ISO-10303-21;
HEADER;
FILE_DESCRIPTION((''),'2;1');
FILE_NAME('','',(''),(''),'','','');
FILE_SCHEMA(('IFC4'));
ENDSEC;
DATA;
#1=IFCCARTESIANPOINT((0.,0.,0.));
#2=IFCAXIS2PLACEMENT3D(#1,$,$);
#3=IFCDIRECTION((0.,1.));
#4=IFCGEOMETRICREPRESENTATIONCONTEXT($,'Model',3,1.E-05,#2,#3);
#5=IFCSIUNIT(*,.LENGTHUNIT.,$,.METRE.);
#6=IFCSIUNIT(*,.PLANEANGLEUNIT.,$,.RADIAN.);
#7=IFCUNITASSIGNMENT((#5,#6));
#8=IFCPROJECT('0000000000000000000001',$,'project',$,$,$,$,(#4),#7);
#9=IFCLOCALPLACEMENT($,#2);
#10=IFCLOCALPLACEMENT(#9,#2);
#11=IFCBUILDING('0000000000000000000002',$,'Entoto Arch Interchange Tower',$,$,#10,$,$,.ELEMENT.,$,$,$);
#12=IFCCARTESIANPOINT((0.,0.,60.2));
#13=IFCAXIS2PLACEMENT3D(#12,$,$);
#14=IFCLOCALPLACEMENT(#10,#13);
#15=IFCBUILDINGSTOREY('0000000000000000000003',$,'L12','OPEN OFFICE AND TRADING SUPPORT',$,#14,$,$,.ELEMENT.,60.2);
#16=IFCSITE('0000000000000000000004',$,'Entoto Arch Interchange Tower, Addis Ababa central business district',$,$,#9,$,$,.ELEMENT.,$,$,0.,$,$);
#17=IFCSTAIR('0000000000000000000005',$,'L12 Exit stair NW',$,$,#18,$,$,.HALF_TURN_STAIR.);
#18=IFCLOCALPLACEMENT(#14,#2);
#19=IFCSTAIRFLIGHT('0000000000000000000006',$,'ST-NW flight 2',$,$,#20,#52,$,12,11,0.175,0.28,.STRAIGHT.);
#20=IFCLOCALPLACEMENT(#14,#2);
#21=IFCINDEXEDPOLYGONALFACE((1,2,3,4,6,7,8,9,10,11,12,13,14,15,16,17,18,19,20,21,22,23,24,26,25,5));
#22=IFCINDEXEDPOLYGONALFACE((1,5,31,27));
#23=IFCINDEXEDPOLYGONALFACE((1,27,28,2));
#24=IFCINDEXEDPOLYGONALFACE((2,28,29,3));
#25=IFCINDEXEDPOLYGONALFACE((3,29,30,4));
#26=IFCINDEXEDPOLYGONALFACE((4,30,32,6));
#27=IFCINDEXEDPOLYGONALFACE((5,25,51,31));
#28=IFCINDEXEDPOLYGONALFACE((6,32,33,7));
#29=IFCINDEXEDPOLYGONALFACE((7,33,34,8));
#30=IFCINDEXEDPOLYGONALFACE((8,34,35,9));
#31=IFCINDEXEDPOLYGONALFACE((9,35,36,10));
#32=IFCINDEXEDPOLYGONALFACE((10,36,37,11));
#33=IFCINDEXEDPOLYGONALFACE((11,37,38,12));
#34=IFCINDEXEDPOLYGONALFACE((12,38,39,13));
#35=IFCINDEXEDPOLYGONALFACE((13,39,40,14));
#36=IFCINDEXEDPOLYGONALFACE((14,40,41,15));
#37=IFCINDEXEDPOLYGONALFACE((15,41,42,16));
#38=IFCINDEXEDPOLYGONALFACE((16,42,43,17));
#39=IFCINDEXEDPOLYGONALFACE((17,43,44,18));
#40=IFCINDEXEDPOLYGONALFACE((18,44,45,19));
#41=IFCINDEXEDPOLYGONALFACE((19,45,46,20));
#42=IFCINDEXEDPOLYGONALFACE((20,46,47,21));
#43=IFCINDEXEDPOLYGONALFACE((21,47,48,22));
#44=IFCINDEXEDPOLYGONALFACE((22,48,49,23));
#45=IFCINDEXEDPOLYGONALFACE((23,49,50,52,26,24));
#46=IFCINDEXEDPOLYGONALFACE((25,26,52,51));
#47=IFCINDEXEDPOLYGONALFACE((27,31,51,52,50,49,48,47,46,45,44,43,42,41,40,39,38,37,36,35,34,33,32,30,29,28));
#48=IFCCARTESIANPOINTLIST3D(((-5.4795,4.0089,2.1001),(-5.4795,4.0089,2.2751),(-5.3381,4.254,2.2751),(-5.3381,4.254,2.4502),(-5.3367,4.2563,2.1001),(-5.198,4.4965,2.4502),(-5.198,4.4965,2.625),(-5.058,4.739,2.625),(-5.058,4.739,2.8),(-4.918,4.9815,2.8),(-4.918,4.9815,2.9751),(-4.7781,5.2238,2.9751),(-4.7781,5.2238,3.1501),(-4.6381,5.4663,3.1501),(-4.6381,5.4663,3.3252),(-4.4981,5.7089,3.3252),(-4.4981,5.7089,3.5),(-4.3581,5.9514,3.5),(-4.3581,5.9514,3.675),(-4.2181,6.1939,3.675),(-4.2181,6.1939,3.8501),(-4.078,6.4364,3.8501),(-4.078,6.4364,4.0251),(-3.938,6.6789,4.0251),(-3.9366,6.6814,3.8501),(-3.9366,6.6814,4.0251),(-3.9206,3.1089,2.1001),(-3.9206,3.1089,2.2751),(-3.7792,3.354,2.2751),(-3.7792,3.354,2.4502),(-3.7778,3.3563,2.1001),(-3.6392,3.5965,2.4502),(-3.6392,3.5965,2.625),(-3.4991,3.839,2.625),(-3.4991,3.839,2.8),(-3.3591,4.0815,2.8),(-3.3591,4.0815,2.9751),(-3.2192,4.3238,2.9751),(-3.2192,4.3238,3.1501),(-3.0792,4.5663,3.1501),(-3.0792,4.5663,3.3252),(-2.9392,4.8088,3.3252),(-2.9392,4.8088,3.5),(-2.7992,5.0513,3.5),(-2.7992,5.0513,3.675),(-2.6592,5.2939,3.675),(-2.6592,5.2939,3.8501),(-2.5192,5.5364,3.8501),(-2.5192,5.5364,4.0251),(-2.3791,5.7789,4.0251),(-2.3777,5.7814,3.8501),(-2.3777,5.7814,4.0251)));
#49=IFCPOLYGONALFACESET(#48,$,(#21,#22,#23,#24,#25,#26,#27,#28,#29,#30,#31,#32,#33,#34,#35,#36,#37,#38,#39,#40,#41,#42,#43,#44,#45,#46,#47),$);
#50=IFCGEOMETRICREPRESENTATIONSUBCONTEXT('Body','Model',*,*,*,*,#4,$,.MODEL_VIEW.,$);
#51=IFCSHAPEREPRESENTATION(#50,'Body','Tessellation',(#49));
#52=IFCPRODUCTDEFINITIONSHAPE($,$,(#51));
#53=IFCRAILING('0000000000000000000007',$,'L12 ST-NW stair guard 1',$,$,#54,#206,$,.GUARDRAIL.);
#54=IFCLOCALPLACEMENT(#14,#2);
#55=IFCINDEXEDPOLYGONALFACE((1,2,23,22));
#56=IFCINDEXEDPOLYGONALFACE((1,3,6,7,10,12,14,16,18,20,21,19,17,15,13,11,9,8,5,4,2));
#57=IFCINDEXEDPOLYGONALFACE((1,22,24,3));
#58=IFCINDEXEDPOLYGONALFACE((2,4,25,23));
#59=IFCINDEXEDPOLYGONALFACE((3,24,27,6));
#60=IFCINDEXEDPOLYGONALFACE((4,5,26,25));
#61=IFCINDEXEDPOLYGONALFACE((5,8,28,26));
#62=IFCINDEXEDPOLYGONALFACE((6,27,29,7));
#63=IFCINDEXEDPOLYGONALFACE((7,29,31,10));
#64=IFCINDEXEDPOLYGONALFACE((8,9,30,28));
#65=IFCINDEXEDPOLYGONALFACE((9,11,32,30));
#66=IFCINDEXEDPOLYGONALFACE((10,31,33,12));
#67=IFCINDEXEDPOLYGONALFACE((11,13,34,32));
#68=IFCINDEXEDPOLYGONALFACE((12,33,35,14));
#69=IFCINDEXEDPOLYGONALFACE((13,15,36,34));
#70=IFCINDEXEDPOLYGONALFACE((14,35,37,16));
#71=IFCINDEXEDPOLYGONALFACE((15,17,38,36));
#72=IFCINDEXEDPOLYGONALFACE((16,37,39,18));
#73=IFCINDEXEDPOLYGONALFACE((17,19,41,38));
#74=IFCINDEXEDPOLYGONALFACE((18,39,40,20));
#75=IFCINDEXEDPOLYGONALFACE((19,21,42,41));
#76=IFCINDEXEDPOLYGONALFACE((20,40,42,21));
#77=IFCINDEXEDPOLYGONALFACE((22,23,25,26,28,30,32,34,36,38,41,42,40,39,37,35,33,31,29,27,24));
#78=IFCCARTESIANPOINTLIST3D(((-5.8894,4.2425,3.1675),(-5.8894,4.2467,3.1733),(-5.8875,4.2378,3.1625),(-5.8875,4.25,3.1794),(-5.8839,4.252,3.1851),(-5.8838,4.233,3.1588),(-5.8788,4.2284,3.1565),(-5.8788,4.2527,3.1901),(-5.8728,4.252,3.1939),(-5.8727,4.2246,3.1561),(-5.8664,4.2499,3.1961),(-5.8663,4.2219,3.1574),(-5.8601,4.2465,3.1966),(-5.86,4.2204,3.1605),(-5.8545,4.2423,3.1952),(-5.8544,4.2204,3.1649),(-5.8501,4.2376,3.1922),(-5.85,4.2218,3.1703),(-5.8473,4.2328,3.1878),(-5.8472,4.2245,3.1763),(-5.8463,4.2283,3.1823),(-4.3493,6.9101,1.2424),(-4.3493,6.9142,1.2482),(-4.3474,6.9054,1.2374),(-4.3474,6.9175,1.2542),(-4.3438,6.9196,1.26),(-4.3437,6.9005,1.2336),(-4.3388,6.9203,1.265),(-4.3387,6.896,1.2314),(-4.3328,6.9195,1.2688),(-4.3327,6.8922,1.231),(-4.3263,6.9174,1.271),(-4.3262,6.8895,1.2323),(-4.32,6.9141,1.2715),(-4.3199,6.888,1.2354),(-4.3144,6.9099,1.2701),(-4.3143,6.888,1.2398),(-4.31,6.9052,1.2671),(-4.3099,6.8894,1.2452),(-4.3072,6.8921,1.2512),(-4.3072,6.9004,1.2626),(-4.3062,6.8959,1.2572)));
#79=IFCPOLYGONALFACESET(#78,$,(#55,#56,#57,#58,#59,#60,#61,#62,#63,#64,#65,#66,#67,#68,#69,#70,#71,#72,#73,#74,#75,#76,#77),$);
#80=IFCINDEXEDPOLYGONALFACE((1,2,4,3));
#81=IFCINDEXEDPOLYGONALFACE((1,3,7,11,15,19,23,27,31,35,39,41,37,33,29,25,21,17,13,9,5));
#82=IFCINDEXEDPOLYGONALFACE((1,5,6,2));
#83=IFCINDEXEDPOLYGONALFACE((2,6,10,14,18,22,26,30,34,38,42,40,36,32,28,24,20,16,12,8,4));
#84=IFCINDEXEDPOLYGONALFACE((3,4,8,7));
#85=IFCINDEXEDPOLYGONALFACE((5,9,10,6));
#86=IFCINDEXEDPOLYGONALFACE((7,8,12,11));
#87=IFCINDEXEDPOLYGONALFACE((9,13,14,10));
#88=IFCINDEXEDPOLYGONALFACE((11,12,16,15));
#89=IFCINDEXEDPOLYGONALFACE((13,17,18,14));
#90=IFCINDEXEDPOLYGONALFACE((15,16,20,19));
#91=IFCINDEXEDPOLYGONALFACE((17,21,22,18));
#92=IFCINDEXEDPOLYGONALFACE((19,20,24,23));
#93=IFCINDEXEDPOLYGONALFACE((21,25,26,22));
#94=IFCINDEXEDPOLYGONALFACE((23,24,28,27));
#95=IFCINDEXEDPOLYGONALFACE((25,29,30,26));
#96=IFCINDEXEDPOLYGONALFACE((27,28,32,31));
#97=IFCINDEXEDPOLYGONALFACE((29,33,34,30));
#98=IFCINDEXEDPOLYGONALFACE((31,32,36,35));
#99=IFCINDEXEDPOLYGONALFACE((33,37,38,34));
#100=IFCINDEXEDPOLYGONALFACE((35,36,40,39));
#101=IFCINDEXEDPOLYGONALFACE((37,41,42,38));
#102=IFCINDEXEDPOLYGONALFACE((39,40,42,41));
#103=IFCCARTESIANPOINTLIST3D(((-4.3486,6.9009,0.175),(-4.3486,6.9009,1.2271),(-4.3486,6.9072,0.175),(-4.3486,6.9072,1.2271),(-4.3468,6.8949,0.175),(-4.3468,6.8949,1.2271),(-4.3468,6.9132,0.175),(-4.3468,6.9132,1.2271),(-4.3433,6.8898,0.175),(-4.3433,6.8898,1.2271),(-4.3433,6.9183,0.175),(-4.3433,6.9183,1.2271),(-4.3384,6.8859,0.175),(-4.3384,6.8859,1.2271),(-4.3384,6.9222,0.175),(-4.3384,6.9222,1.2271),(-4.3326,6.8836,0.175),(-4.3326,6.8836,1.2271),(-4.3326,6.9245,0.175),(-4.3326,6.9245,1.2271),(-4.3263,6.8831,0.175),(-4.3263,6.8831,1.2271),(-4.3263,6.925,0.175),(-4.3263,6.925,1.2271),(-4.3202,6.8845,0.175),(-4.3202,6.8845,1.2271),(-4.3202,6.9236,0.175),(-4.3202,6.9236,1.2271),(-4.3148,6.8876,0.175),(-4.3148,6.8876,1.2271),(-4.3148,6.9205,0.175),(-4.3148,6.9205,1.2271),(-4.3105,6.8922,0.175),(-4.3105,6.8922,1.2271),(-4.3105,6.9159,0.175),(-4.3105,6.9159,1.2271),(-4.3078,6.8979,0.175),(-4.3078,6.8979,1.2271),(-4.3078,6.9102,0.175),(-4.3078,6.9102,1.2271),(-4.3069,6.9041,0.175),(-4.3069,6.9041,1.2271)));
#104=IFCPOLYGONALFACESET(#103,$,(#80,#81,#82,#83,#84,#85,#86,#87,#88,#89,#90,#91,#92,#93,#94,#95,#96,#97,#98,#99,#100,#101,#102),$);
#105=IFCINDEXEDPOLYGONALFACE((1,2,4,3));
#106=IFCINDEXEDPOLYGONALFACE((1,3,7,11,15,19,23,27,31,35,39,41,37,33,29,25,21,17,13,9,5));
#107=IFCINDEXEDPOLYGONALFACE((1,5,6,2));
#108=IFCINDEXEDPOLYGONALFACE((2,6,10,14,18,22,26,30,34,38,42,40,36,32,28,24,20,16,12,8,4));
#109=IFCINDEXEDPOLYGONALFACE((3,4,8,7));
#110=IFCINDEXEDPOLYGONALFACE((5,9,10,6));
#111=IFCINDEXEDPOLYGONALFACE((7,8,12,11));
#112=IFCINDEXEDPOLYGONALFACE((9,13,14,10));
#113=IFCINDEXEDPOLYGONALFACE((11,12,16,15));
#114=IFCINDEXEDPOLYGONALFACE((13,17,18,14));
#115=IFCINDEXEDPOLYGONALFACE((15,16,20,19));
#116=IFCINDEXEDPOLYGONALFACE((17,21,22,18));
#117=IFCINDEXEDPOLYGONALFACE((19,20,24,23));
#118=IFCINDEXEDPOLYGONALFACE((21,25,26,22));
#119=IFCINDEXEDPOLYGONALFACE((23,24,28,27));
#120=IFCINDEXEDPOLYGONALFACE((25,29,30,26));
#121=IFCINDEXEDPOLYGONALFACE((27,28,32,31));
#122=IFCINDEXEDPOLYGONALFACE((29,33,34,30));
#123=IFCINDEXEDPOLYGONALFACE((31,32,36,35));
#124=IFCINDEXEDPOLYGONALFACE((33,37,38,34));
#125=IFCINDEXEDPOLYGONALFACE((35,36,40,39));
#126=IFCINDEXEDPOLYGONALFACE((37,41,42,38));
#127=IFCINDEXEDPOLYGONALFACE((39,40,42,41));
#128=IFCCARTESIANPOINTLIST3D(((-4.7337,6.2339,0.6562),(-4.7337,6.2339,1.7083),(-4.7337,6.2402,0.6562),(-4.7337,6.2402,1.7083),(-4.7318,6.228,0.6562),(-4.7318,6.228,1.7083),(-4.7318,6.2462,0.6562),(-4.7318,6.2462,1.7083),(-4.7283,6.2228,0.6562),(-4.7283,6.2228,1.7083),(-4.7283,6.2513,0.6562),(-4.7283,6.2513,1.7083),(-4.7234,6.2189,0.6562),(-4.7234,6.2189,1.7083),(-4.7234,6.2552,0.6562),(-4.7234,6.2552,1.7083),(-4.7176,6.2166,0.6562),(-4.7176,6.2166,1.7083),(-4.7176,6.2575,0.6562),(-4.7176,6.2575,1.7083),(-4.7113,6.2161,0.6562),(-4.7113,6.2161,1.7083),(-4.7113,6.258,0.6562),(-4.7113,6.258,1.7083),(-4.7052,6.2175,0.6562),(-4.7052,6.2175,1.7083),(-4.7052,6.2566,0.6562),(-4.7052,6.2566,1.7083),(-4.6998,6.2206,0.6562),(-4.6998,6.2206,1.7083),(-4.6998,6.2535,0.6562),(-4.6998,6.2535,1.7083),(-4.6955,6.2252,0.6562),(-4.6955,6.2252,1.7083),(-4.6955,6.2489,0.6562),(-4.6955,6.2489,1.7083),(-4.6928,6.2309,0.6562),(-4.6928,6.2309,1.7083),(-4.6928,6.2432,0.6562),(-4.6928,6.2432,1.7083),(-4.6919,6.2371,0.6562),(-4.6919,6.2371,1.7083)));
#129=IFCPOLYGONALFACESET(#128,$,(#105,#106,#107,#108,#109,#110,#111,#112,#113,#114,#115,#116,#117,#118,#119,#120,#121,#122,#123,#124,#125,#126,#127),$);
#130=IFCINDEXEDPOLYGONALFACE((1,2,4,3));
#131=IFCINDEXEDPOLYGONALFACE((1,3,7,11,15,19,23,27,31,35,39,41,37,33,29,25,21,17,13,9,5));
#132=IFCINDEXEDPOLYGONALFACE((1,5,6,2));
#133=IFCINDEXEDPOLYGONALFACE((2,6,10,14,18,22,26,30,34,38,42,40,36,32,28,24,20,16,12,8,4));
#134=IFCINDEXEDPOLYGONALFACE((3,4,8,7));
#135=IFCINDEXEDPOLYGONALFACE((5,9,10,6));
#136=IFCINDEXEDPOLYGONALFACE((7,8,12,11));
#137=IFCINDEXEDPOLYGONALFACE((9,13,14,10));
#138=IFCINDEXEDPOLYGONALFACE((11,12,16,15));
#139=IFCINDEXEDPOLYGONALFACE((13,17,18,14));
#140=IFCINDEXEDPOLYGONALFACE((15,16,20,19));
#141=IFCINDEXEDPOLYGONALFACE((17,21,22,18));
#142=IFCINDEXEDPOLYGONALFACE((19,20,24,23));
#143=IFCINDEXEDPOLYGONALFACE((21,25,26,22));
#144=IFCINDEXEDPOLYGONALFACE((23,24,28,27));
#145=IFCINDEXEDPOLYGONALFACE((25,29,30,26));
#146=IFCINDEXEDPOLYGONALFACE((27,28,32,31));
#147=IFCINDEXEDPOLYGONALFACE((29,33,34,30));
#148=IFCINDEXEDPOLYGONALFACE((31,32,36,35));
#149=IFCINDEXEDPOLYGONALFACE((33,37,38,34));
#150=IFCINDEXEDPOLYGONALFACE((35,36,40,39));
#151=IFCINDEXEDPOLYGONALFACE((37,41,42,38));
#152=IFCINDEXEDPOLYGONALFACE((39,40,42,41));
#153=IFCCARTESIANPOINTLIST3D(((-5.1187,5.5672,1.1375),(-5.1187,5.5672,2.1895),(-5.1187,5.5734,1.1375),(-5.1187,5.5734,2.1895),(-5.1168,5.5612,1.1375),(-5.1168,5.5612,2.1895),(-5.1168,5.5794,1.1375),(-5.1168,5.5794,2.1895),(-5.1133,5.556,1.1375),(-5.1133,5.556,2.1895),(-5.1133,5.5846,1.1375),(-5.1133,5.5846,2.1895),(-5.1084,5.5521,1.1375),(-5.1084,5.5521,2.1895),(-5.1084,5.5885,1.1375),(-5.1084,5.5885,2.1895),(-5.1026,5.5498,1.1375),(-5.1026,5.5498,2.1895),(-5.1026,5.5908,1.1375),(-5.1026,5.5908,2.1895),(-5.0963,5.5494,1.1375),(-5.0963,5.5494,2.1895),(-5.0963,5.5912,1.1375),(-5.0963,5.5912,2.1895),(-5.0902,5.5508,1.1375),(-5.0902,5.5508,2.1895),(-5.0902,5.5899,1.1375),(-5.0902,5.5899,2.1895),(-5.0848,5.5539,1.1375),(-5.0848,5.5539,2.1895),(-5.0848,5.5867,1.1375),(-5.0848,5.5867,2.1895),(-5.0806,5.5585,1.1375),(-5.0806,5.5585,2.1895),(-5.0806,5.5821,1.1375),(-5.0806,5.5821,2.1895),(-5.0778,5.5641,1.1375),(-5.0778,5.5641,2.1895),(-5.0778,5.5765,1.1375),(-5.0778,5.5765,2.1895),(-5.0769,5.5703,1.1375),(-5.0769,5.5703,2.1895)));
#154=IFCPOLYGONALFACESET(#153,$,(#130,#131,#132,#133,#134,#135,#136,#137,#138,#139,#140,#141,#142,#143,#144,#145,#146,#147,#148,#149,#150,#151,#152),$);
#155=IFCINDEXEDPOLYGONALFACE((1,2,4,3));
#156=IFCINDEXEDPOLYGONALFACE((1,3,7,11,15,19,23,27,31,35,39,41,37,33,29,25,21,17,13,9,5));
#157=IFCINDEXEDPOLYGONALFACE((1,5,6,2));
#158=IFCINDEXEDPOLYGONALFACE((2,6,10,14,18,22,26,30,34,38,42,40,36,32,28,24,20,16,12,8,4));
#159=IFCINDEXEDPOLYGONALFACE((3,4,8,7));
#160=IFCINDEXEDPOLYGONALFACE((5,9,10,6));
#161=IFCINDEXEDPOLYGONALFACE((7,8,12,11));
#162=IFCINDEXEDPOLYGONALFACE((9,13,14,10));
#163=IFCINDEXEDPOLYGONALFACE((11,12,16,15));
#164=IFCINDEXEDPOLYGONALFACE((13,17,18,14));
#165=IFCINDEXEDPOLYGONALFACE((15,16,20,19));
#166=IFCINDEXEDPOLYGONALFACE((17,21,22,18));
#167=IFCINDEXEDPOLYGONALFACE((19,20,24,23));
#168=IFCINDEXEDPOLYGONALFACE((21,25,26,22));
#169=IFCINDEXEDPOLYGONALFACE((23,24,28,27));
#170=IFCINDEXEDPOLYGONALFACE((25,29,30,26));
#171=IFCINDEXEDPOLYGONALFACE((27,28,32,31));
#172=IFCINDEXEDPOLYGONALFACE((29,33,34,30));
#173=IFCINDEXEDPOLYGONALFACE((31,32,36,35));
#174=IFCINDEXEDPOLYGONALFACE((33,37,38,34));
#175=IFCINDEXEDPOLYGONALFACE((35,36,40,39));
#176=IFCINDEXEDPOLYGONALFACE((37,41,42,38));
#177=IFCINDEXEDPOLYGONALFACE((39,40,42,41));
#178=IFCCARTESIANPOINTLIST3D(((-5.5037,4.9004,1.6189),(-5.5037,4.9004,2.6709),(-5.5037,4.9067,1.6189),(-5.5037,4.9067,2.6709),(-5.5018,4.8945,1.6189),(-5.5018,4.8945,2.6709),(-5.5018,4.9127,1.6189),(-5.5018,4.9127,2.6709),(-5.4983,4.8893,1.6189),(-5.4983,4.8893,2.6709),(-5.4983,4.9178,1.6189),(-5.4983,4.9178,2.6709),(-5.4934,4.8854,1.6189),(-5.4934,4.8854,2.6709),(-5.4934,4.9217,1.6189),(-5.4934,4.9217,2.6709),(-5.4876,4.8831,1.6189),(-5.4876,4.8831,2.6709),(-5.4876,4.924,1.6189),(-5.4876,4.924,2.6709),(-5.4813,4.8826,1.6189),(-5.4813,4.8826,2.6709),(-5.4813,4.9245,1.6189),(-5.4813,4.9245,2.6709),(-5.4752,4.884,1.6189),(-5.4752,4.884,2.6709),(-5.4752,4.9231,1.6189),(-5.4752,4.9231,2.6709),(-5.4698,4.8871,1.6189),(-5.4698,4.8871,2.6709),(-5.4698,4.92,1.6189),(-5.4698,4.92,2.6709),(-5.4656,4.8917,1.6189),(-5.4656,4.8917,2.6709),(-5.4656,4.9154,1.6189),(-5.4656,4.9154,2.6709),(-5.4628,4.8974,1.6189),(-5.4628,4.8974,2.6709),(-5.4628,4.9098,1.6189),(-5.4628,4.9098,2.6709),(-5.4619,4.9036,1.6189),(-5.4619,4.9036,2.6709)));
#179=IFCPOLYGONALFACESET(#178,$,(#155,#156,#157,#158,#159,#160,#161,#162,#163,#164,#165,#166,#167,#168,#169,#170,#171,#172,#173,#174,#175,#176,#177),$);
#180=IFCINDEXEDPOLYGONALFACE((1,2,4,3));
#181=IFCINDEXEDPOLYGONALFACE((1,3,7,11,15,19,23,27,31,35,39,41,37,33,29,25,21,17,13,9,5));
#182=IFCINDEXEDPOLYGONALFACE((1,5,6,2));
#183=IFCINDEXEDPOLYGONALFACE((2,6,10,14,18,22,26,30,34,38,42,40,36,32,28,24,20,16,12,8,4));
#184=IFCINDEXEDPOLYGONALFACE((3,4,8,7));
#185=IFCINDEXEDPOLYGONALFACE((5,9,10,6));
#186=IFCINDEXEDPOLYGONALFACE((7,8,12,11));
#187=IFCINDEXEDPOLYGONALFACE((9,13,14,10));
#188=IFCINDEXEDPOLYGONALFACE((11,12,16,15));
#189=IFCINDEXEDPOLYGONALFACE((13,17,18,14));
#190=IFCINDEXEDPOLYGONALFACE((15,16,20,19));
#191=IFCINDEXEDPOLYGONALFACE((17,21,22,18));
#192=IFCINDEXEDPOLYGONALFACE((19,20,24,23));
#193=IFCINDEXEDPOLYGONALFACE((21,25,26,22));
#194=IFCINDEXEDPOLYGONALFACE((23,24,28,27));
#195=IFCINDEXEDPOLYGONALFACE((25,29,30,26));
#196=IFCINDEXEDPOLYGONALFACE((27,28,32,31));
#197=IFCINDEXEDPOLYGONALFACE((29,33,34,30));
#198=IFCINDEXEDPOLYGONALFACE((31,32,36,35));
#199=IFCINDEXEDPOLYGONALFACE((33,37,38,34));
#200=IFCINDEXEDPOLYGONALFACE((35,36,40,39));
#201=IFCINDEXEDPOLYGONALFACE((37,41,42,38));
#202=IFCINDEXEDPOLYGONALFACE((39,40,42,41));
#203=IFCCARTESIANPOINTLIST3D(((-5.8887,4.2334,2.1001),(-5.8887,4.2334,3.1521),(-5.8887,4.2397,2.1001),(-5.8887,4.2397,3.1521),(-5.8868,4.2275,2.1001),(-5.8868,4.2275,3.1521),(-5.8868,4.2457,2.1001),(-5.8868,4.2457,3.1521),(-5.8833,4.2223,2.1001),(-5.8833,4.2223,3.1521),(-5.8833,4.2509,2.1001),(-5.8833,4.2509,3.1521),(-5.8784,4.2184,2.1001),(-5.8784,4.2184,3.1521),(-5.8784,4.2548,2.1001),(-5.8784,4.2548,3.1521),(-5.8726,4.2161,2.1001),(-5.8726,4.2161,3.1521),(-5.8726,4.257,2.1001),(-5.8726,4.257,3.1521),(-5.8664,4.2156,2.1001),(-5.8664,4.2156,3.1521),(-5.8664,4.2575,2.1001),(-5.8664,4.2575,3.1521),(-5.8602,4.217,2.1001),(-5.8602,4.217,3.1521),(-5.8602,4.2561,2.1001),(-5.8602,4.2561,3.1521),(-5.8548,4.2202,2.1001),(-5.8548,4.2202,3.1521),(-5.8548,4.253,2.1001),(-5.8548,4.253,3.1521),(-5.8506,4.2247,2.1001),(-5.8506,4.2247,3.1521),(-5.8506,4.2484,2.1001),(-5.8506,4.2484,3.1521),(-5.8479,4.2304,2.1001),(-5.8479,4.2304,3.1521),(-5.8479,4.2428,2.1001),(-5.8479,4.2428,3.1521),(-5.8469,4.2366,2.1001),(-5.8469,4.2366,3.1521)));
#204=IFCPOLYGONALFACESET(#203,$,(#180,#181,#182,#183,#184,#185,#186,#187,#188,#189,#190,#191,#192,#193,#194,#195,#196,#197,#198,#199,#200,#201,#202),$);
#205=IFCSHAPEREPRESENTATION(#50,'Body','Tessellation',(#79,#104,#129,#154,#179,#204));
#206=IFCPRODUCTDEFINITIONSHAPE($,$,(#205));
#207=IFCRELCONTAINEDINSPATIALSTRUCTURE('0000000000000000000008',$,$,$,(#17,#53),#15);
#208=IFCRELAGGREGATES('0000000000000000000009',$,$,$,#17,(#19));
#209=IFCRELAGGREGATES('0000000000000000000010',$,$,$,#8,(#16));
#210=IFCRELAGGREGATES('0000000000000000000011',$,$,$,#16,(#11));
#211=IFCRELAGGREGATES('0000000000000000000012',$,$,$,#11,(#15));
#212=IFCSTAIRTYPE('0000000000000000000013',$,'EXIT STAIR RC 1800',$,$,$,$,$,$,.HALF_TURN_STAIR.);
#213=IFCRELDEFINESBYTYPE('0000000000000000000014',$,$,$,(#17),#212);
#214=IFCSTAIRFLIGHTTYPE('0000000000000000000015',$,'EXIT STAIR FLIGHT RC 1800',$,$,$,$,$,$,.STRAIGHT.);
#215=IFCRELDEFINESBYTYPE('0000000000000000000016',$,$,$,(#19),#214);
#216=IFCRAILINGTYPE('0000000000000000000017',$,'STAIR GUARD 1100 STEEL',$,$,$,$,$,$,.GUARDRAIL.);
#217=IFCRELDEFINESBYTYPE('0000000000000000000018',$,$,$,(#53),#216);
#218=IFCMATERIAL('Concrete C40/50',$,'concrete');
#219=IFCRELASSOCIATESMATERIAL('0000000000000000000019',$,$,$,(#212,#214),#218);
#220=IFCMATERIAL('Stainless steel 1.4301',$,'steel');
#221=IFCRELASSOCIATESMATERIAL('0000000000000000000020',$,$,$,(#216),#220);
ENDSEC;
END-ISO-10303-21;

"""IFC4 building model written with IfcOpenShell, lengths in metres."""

from ifc_helpers import new_model, si_unit, direction, frame, origin, origin_2d, place, context, subcontext, project, spatial, polyline, circle, outline, extrude, material, type_object, element, aggregate, save


model = new_model("IFC4")

# Units and contexts
model_context = context("Model", 3, precision=1e-05, world=origin(), true_north=direction((0.0, 1.0)))
body_context = subcontext(model_context, "Body", "Model", "MODEL_VIEW")
ifc_project = project(units=[si_unit("LENGTHUNIT", "METRE"), si_unit("PLANEANGLEUNIT", "RADIAN")], contexts=[model_context])

# Site, building, storey
site_placement = place(None, origin())
site = spatial("IfcSite", under=ifc_project, at=site_placement, Name="Entoto Arch Interchange Tower, Addis Ababa central business district", CompositionType="ELEMENT", RefElevation=0.0)
building_placement = place(site_placement, origin())
building = spatial("IfcBuilding", under=site, at=building_placement, Name="Entoto Arch Interchange Tower", CompositionType="ELEMENT")
storey_placement = place(building_placement, frame((0.0, 0.0, 60.2)))
storey = spatial("IfcBuildingStorey", under=building, at=storey_placement, Name="L12", Description="OPEN OFFICE AND TRADING SUPPORT", CompositionType="ELEMENT", Elevation=60.2)

# Shared definitions
ifc_material_1 = material(Name="Concrete C40/50", Category="concrete")

# Stair, stair flight
stair_type = type_object("IfcStairType", Name="EXIT STAIR RC 1800", PredefinedType="HALF_TURN_STAIR", material=ifc_material_1)
stair_placement = place(storey_placement, origin())
stair = element("IfcStair", 1, at=stair_placement, inside=storey, type_object=stair_type, Name="L12 Exit stair NW", PredefinedType="HALF_TURN_STAIR")
stair_flight_type = type_object("IfcStairFlightType", Name="EXIT STAIR FLIGHT RC 1800", PredefinedType="STRAIGHT", material=ifc_material_1)
stair_flight_placement = place(storey_placement, frame((-4.6987, 3.5615, 2.1001), z_axis=(0.0, 0.0, 1.0), x_axis=(0.5, 0.866025, 0.0)))
stair_flight = element("IfcStairFlight", 2, at=stair_flight_placement, type_object=stair_flight_type, Name="ST-NW flight 2", NumberOfRisers=12, NumberOfTreads=11, PredefinedType="STRAIGHT", RiserHeight=0.175, TreadLength=0.28, context=body_context, shape_type="SweptSolid", body=[
    extrude(outline(polyline([(-0.0029, 0.0), (-0.0029, 0.175), (0.28, 0.175), (0.28, 0.3501), (0.5601, 0.3501), (0.5601, 0.5249), (0.8401, 0.5249), (0.8401, 0.7), (1.1201, 0.7), (1.1201, 0.875), (1.3999, 0.875), (1.3999, 1.05), (1.6799, 1.05), (1.6799, 1.2251), (1.96, 1.2251), (1.96, 1.3999), (2.24, 1.3999), (2.24, 1.575), (2.52, 1.575), (2.52, 1.75), (2.8, 1.75), (2.8, 1.925), (3.0801, 1.925), (3.083, 1.925), (3.083, 1.75), (0.2827, 0.0), (-0.0029, 0.0)])), frame((0.0, 0.8999, 0.0), z_axis=(0.0, -1.0, 0.0), x_axis=(1.0, 0.0, 0.0)), (0.0, 0.0, 1.0), 1.8),
])
aggregate(stair, [stair_flight])

# Railing
ifc_material_2 = material(Name="Stainless steel 1.4301", Category="steel")
railing_type_1 = type_object("IfcRailingType", Name="STAIR GUARD 1100 STEEL", PredefinedType="GUARDRAIL", material=ifc_material_2)
railing_1_placement = place(storey_placement, frame((-4.3279, 6.9041, 0.175)))
element("IfcRailing", 3, at=railing_1_placement, inside=storey, type_object=railing_type_1, Name="L12 ST-NW stair guard 1", PredefinedType="GUARDRAIL", context=body_context, shape_type="SweptSolid", body=[
    extrude(circle(Radius=0.0239, at=origin_2d()), frame((0.0, 0.0, 1.0762), z_axis=(-0.423994, -0.734395, 0.529993), x_axis=(0.86603, -0.499992, 0.0)), (0.0, 0.0, 1.0), 3.6323),
    extrude(circle(Radius=0.021, at=origin_2d()), origin(), (0.0, 0.0, 1.0), 1.052),
    extrude(circle(Radius=0.021, at=origin_2d()), frame((-0.385, -0.667, 0.4812)), (0.0, 0.0, 1.0), 1.052),
    extrude(circle(Radius=0.021, at=origin_2d()), frame((-0.77, -1.3337, 0.9624)), (0.0, 0.0, 1.0), 1.052),
    extrude(circle(Radius=0.021, at=origin_2d()), frame((-1.155, -2.0005, 1.4438)), (0.0, 0.0, 1.0), 1.052),
    extrude(circle(Radius=0.021, at=origin_2d()), frame((-1.54, -2.6675, 1.925)), (0.0, 0.0, 1.0), 1.052),
])

save(model, "model.ifc")
